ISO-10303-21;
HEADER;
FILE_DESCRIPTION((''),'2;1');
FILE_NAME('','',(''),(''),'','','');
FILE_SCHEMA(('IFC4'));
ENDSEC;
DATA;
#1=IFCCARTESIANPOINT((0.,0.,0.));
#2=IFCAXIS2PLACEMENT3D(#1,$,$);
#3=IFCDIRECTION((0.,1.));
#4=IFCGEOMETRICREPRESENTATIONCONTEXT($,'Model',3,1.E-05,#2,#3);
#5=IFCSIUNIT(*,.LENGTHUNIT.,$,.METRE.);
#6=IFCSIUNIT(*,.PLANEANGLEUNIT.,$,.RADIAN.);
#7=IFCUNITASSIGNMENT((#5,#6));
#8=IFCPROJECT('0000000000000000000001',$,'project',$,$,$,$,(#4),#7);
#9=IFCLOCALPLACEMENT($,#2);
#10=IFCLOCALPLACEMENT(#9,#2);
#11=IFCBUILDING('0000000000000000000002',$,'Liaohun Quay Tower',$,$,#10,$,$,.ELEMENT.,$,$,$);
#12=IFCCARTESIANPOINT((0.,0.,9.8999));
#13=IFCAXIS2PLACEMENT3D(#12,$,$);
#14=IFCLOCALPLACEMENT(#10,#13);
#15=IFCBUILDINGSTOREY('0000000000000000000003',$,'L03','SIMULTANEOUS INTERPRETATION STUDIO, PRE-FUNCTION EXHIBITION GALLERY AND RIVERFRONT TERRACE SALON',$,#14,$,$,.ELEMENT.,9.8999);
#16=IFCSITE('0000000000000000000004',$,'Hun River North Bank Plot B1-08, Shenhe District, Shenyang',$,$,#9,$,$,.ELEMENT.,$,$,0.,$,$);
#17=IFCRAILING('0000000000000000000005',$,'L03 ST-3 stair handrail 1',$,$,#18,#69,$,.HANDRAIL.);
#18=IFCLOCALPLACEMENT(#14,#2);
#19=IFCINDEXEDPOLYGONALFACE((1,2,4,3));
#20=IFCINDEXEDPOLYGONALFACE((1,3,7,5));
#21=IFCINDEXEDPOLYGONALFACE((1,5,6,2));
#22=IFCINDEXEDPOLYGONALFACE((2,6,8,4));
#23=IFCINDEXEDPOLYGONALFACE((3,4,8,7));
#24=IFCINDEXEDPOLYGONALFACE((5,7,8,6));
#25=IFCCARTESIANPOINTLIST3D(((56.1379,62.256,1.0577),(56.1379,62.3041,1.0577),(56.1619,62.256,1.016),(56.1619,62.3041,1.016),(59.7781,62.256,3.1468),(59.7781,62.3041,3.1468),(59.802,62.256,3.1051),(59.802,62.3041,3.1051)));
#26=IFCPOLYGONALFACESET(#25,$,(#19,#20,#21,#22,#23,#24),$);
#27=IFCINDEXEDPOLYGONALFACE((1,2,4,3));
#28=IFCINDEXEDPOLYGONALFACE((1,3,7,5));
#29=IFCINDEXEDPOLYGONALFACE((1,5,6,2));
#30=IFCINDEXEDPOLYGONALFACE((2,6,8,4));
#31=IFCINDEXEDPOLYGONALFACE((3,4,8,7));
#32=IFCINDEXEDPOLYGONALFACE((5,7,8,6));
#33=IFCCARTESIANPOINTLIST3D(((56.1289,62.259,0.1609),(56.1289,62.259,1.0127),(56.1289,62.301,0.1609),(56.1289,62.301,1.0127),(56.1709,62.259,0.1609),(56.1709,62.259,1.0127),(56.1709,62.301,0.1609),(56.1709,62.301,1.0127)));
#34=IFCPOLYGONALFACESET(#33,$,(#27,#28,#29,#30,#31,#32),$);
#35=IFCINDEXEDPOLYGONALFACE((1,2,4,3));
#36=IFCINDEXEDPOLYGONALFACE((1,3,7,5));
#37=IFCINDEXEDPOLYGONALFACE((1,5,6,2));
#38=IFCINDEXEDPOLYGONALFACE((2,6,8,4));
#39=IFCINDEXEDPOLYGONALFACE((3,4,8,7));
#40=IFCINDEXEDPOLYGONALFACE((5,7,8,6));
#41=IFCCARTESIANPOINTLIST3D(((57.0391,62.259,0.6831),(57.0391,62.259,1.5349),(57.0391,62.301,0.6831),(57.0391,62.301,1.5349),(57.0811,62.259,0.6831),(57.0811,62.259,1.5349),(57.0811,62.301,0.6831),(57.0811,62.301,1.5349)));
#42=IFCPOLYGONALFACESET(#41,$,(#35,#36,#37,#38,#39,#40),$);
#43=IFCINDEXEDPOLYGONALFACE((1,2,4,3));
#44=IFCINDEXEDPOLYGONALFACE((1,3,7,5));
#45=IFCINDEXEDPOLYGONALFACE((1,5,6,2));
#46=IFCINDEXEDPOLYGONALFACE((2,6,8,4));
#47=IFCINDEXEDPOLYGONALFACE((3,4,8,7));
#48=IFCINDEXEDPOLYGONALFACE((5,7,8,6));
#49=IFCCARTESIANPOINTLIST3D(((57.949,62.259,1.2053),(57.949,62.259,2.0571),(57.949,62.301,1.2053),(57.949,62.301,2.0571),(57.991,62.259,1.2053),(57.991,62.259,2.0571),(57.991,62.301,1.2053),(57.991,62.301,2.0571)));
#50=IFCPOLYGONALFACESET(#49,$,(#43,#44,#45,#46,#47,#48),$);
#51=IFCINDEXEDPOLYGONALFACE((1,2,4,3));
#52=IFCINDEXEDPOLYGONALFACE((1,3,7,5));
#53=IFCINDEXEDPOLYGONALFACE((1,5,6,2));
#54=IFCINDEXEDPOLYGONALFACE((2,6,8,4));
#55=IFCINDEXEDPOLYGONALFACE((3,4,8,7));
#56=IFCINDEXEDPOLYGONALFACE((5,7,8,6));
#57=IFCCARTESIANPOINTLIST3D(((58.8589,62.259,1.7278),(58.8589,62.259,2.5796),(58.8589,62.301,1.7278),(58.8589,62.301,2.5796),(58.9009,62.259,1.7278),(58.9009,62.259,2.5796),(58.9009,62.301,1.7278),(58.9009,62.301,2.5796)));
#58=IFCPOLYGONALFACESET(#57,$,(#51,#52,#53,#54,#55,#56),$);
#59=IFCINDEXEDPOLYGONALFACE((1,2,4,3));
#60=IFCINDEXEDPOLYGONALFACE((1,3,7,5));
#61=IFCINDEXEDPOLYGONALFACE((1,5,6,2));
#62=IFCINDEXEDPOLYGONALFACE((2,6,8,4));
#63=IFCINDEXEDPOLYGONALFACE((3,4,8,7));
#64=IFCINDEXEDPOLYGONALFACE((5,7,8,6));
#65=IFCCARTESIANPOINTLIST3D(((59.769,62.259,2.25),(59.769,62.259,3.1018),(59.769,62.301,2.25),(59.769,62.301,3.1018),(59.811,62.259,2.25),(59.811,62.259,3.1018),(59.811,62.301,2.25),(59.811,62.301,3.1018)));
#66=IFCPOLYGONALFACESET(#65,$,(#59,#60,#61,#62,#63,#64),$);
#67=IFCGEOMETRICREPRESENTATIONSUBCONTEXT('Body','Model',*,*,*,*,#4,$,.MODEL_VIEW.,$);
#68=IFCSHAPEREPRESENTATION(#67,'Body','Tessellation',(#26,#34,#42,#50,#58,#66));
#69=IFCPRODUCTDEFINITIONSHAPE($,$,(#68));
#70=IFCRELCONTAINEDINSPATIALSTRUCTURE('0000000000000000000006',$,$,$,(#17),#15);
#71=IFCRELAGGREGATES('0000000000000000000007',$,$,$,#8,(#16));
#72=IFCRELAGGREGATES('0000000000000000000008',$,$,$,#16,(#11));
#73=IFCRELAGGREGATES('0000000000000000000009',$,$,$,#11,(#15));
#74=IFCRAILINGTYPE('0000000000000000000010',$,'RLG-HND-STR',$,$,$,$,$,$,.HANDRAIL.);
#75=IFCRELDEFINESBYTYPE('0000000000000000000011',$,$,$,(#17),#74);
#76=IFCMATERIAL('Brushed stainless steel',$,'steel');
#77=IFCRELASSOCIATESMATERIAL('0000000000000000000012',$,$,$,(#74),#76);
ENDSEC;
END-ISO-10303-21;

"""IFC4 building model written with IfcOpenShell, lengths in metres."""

from ifc_helpers import new_model, si_unit, direction, frame, origin, origin_2d, place, context, subcontext, project, spatial, rectangle, extrude, material, type_object, element, save


model = new_model("IFC4")

# Units and contexts
model_context = context("Model", 3, precision=1e-05, world=origin(), true_north=direction((0.0, 1.0)))
body_context = subcontext(model_context, "Body", "Model", "MODEL_VIEW")
ifc_project = project(units=[si_unit("LENGTHUNIT", "METRE"), si_unit("PLANEANGLEUNIT", "RADIAN")], contexts=[model_context])

# Site, building, storey
site_placement = place(None, origin())
site = spatial("IfcSite", under=ifc_project, at=site_placement, Name="Hun River North Bank Plot B1-08, Shenhe District, Shenyang", CompositionType="ELEMENT", RefElevation=0.0)
building_placement = place(site_placement, origin())
building = spatial("IfcBuilding", under=site, at=building_placement, Name="Liaohun Quay Tower", CompositionType="ELEMENT")
storey_placement = place(building_placement, frame((0.0, 0.0, 9.8999)))
storey = spatial("IfcBuildingStorey", under=building, at=storey_placement, Name="L03", Description="SIMULTANEOUS INTERPRETATION STUDIO, PRE-FUNCTION EXHIBITION GALLERY AND RIVERFRONT TERRACE SALON", CompositionType="ELEMENT", Elevation=9.8999)

# Railing
ifc_material_1 = material(Name="Brushed stainless steel", Category="steel")
railing_type_1 = type_object("IfcRailingType", Name="RLG-HND-STR", PredefinedType="HANDRAIL", material=ifc_material_1)
railing_1_placement = place(storey_placement, frame((56.1499, 62.28, 0.1609)))
element("IfcRailing", 1, at=railing_1_placement, inside=storey, type_object=railing_type_1, Name="L03 ST-3 stair handrail 1", PredefinedType="HANDRAIL", context=body_context, shape_type="SweptSolid", body=[
    extrude(rectangle(XDim=0.0481, YDim=0.0481, at=origin_2d()), frame((0.0, 0.0, 0.876), z_axis=(0.867314, 0.0, 0.497761), x_axis=(0.0, 1.0, 0.0)), (0.0, 0.0, 1.0), 4.197),
    extrude(rectangle(XDim=0.042, YDim=0.042, at=origin_2d()), origin(), (0.0, 0.0, 1.0), 0.8518),
    extrude(rectangle(XDim=0.042, YDim=0.042, at=origin_2d()), frame((0.9102, 0.0, 0.5222)), (0.0, 0.0, 1.0), 0.8518),
    extrude(rectangle(XDim=0.042, YDim=0.042, at=origin_2d()), frame((1.8201, 0.0, 1.0444)), (0.0, 0.0, 1.0), 0.8518),
    extrude(rectangle(XDim=0.042, YDim=0.042, at=origin_2d()), frame((2.73, 0.0, 1.5669)), (0.0, 0.0, 1.0), 0.8518),
    extrude(rectangle(XDim=0.042, YDim=0.042, at=origin_2d()), frame((3.6401, 0.0, 2.0891)), (0.0, 0.0, 1.0), 0.8518),
])

save(model, "model.ifc")
